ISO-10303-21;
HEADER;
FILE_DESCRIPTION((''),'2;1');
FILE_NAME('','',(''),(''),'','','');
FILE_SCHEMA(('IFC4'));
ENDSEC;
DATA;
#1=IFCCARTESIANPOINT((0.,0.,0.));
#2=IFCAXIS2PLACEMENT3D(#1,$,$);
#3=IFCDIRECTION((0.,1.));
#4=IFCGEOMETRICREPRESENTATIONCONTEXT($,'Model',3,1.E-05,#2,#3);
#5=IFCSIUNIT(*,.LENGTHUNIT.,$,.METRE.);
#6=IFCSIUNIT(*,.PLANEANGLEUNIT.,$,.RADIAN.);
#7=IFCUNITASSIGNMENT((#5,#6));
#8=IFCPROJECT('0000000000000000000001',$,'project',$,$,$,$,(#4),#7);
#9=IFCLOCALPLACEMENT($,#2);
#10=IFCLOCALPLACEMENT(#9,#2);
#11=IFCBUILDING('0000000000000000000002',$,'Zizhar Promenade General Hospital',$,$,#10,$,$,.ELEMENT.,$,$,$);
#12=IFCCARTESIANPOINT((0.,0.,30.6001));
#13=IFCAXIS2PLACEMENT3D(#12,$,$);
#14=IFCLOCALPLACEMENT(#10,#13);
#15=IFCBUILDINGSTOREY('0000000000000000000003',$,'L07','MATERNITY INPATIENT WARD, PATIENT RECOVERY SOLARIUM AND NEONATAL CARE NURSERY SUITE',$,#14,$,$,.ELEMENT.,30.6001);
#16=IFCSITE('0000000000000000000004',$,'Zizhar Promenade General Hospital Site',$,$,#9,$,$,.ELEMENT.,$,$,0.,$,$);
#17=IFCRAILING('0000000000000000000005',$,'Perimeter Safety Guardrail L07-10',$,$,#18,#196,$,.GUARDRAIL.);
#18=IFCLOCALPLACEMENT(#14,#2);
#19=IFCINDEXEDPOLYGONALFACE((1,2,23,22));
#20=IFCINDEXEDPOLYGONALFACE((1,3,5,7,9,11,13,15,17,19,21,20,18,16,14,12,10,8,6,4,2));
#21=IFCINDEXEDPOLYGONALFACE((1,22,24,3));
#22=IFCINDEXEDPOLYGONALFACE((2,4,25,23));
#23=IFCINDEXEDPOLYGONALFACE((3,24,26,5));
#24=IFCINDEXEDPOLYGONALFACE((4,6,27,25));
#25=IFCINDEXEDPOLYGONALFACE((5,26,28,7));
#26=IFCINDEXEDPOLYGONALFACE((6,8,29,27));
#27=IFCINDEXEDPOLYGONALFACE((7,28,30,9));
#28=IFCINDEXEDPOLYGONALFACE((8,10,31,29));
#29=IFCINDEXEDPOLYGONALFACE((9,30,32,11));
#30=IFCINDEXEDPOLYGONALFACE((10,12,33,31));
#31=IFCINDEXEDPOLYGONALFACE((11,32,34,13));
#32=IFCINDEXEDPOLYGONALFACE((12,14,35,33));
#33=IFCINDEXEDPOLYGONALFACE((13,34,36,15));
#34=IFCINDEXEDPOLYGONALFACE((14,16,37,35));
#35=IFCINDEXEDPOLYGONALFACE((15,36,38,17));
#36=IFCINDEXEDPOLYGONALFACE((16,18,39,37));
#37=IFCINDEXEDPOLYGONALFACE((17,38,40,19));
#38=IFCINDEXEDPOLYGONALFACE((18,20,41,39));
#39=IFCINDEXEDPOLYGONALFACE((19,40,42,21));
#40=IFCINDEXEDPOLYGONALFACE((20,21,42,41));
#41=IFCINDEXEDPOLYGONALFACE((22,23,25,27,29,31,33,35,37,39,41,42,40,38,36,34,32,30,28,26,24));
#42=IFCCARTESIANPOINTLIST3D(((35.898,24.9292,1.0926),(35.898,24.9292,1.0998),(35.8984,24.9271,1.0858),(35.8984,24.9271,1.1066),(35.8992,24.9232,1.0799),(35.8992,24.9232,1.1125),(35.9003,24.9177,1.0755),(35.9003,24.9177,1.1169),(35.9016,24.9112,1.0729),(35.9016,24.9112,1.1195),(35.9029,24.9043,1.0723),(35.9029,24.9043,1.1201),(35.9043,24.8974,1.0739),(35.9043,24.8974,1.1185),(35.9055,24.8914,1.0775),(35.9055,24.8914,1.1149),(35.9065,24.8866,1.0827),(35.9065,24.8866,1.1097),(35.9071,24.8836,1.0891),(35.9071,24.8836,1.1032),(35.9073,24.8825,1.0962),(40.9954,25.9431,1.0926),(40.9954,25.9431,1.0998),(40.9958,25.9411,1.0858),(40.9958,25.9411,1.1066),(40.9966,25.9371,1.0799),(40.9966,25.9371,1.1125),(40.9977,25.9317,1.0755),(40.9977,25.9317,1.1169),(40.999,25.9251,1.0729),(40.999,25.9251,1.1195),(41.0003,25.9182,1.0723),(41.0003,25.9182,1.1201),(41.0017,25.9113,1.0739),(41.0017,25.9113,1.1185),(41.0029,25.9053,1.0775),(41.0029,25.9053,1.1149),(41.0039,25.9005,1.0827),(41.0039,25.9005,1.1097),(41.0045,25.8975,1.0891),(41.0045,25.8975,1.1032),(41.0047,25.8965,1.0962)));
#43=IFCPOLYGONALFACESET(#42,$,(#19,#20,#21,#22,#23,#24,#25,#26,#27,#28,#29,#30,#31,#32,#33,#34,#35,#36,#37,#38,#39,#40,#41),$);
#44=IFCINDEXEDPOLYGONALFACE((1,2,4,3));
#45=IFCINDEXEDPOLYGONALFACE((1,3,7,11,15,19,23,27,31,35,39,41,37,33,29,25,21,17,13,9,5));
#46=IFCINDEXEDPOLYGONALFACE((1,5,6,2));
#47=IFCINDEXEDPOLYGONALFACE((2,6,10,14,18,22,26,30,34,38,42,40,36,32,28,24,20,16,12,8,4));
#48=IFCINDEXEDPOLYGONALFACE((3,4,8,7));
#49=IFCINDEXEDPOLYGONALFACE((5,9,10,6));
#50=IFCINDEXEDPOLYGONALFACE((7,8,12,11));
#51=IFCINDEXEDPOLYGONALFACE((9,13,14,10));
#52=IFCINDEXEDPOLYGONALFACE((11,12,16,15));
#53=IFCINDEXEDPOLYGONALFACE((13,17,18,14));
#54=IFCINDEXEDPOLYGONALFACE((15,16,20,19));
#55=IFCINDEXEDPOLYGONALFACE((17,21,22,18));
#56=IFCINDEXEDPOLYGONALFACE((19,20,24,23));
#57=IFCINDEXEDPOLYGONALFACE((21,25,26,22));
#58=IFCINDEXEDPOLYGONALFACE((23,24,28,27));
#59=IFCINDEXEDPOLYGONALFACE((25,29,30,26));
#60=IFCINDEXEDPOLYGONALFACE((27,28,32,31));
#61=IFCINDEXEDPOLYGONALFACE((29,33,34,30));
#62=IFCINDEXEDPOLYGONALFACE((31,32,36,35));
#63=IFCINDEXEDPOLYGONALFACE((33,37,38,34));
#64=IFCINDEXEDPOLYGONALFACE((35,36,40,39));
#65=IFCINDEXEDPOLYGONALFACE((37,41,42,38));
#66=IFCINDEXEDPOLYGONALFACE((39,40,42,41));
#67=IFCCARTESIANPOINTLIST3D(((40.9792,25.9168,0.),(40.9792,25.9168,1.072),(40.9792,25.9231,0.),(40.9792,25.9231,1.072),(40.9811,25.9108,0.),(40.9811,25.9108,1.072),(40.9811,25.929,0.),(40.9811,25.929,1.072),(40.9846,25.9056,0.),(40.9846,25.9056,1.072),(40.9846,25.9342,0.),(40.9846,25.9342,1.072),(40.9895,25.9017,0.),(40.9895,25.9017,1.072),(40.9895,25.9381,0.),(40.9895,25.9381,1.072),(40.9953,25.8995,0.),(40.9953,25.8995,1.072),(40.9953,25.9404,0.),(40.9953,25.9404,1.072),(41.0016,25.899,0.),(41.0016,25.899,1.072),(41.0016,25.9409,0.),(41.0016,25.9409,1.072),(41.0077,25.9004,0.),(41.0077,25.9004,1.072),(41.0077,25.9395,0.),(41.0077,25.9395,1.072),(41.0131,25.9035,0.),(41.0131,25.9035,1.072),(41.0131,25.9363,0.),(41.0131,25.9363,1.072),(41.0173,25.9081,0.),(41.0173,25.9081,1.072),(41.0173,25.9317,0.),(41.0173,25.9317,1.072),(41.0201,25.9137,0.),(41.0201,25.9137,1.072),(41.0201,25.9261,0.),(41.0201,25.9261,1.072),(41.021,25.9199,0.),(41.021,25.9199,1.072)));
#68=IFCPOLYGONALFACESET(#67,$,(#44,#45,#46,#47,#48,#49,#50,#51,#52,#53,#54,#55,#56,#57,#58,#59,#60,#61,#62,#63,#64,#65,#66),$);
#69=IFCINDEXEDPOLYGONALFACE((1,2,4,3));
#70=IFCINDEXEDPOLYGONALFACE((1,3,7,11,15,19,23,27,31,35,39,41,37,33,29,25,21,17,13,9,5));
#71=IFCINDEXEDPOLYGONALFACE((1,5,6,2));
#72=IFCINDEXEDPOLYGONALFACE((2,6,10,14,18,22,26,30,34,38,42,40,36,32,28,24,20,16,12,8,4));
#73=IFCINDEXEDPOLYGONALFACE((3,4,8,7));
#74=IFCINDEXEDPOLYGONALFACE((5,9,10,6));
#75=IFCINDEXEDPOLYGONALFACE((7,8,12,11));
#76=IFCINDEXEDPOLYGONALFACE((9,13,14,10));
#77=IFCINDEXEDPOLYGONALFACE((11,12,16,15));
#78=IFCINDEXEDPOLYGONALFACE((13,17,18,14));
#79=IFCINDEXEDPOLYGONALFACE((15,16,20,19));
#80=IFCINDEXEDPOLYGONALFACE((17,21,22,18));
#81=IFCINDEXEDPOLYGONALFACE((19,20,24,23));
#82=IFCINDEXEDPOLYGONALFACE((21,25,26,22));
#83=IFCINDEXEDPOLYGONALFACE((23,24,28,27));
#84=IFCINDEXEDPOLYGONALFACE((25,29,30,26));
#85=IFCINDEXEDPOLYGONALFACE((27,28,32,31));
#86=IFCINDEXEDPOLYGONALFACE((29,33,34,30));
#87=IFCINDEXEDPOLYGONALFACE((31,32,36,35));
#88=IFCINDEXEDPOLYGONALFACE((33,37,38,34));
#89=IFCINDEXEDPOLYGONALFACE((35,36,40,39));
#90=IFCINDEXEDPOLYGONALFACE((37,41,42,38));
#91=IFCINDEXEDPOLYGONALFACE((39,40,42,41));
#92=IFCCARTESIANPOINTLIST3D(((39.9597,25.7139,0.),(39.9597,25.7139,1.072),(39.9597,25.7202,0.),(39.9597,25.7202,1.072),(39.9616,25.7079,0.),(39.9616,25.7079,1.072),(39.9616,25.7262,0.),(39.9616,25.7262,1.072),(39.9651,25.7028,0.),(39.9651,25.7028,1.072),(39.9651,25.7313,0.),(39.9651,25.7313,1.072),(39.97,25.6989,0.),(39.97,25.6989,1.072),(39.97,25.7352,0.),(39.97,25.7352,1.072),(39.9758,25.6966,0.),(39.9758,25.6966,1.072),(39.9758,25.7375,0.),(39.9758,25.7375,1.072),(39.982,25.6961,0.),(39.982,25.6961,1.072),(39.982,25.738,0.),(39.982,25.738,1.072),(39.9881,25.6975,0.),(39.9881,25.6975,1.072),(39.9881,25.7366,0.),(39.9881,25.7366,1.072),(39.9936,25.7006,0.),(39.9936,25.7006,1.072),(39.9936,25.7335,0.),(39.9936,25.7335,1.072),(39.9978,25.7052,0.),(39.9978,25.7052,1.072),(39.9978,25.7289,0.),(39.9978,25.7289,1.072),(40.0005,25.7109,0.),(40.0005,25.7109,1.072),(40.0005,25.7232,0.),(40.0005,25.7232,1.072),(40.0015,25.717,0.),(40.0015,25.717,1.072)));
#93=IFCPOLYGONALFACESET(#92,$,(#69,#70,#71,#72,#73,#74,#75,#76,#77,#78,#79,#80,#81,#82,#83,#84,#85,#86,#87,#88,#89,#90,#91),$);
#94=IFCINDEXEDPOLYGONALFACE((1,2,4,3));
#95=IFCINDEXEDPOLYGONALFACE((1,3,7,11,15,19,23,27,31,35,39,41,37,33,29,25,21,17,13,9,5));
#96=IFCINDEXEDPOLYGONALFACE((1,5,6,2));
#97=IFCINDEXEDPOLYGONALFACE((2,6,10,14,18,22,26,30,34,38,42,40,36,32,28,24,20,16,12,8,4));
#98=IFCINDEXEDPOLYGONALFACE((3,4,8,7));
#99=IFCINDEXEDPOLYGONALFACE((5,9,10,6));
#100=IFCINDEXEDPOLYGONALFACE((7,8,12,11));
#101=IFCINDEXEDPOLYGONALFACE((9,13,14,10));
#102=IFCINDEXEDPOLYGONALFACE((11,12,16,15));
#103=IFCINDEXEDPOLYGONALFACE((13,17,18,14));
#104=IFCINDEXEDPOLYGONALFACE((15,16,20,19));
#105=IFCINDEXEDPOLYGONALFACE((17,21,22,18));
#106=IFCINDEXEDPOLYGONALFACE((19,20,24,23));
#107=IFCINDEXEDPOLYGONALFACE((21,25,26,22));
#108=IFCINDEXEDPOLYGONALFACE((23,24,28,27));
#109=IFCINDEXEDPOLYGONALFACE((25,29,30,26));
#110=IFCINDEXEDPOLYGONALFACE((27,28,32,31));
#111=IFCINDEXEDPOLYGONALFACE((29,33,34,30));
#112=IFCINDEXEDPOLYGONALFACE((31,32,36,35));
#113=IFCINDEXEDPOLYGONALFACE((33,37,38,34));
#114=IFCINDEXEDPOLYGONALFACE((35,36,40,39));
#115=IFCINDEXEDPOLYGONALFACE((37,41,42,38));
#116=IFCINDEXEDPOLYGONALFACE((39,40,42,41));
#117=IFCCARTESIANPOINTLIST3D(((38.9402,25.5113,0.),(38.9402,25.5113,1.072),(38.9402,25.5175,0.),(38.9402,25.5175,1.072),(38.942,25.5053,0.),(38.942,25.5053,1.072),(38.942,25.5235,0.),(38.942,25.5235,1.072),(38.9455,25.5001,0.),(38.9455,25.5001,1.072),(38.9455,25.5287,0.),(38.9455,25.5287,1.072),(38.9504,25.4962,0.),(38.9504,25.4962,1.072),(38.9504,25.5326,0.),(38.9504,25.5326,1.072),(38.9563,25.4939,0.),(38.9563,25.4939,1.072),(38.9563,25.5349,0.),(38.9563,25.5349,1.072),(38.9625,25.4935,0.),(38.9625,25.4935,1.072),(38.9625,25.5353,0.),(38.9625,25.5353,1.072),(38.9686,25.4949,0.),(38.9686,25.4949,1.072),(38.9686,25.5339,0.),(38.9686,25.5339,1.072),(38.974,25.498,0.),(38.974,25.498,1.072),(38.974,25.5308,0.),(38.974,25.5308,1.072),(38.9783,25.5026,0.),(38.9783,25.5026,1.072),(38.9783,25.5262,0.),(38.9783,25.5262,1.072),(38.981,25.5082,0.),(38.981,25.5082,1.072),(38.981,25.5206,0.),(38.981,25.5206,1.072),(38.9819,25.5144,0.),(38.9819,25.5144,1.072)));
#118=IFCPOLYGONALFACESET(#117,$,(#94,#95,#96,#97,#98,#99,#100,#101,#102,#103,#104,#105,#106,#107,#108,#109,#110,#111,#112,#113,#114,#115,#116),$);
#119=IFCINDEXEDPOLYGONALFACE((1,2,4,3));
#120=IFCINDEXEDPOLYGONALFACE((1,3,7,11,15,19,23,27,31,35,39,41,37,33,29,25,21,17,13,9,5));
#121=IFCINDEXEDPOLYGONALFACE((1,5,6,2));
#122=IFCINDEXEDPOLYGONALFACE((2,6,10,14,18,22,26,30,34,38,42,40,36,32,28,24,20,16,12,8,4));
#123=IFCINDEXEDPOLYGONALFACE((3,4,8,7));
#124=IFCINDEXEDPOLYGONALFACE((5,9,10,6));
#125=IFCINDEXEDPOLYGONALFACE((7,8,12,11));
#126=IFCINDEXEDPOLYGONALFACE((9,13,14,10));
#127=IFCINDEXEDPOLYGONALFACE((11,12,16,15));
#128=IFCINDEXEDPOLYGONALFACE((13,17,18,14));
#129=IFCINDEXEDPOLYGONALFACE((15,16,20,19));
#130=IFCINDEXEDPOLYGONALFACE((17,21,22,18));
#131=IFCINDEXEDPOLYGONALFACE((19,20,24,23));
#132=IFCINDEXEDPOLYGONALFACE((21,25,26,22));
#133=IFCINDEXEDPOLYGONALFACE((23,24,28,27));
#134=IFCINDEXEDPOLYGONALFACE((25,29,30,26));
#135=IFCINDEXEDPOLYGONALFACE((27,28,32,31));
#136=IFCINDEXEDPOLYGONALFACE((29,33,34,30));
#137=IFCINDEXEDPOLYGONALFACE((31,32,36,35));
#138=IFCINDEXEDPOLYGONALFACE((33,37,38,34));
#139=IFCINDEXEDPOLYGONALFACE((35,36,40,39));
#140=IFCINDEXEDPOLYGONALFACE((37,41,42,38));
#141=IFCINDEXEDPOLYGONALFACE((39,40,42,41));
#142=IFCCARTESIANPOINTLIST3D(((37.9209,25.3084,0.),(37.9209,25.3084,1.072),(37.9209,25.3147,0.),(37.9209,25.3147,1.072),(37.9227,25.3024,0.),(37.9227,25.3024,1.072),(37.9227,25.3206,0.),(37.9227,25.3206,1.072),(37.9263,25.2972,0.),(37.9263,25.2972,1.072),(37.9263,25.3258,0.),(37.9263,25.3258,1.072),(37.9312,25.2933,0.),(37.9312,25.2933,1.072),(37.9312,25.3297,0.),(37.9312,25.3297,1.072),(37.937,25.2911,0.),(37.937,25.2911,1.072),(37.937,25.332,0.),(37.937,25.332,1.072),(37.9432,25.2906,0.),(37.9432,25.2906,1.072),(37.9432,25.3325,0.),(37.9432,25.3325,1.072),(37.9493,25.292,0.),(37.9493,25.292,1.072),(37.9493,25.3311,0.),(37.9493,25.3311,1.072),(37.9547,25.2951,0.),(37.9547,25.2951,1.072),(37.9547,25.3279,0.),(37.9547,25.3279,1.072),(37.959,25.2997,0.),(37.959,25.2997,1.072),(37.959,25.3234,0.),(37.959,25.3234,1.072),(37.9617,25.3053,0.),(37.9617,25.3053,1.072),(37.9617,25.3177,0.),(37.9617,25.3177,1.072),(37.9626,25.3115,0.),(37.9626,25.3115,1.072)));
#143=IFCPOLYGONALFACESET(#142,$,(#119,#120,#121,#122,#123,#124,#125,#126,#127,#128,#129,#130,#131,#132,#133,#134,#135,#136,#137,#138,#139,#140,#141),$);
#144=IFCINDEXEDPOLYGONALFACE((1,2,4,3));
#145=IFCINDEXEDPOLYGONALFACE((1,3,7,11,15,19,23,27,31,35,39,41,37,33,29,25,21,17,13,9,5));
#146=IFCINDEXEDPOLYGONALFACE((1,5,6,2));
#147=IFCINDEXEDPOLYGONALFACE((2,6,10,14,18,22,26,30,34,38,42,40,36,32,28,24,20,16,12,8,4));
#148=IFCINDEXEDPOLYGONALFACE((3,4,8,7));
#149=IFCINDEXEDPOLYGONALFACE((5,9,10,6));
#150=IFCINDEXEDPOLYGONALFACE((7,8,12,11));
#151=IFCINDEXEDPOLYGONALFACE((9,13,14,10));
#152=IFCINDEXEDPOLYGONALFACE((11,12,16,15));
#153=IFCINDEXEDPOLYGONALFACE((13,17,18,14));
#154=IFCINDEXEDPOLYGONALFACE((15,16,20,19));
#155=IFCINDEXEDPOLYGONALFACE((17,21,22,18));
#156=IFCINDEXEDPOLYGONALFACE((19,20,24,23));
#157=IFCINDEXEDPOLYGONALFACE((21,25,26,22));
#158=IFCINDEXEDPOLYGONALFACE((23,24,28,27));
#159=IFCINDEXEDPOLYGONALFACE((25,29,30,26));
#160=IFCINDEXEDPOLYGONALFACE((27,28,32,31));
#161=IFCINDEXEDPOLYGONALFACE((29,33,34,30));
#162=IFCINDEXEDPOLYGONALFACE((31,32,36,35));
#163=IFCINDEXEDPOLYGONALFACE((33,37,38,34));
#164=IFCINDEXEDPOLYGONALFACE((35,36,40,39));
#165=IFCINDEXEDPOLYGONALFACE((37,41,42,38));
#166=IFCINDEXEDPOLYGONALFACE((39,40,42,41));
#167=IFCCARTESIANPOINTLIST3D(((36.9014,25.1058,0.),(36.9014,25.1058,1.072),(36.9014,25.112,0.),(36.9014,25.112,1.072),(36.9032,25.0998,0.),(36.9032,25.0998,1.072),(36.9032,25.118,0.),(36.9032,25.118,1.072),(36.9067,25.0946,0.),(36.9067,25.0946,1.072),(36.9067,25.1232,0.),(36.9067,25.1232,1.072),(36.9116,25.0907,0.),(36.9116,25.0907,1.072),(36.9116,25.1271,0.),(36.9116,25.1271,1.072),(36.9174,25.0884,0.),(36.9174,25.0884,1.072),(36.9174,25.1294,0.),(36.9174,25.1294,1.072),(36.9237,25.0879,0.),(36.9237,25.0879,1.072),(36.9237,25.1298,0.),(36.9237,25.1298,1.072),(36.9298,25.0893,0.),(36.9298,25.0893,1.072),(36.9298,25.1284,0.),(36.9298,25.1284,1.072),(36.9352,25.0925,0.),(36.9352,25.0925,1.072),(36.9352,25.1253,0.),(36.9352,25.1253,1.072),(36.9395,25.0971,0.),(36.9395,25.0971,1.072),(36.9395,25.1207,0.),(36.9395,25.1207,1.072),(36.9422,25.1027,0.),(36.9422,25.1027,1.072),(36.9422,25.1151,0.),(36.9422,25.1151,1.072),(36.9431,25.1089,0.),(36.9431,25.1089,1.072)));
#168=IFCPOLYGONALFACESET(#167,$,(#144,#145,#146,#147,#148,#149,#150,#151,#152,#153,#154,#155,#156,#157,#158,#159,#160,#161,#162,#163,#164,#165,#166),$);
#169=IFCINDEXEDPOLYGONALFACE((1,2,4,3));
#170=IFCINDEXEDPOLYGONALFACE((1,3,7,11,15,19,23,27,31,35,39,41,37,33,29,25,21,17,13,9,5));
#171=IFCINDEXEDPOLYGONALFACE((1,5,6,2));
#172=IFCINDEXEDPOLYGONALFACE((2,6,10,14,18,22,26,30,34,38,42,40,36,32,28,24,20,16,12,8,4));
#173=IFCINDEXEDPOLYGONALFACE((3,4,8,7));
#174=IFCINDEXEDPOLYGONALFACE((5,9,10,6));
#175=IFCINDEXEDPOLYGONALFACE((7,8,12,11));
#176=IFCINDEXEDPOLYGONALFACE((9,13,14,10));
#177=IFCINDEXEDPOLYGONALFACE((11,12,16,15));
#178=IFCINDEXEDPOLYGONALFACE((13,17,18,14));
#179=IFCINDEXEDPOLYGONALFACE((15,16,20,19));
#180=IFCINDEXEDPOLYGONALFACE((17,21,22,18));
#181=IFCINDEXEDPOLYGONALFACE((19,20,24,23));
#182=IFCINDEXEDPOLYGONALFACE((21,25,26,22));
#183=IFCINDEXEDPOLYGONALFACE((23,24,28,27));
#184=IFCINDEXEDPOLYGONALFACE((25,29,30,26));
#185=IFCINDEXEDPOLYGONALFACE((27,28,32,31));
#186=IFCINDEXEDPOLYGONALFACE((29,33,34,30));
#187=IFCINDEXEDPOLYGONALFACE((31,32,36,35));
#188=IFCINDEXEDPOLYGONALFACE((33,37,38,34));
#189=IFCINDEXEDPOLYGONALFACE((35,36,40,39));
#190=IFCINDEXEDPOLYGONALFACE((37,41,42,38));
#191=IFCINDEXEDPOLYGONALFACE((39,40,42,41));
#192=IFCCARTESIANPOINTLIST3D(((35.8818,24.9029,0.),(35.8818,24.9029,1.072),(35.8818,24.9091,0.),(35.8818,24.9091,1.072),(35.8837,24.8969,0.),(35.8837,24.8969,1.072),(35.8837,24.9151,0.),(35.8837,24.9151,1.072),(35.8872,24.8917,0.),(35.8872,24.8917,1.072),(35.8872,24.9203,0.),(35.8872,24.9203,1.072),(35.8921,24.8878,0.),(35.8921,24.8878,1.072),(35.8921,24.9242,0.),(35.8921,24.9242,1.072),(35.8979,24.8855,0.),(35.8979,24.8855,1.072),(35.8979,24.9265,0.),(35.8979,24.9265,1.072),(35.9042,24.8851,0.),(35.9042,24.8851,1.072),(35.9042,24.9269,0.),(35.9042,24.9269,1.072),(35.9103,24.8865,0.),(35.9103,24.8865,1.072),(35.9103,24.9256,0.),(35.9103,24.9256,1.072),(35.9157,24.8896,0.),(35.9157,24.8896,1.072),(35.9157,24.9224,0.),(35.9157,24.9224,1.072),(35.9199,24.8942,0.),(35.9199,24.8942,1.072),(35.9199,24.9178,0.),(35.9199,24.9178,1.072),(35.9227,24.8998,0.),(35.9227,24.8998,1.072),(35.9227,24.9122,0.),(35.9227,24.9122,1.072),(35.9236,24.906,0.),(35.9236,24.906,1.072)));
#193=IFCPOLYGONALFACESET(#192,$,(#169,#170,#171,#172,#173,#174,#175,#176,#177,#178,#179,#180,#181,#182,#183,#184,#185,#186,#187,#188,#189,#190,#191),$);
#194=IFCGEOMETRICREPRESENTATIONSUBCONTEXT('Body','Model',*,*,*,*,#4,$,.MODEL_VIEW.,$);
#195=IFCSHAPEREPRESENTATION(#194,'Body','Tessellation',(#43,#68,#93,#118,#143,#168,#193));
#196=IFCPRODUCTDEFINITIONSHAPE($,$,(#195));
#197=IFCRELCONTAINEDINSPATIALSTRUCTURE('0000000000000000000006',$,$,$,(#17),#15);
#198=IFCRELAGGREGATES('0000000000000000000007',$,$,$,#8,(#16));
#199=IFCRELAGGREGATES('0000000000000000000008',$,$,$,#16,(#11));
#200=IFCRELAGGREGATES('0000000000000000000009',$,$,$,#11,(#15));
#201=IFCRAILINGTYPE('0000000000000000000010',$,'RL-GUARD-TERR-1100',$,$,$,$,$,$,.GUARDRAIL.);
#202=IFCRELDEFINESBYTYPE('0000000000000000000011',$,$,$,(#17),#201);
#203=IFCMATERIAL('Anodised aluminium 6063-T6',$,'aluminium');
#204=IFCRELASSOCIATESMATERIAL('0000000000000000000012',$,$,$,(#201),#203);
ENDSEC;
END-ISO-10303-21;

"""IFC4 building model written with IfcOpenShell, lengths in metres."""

from ifc_helpers import new_model, si_unit, direction, frame, origin, origin_2d, place, context, subcontext, project, spatial, circle, hollow_circle, extrude, material, material_profile, profile_set, type_object, element, save


model = new_model("IFC4")

# Units and contexts
model_context = context("Model", 3, precision=1e-05, world=origin(), true_north=direction((0.0, 1.0)))
body_context = subcontext(model_context, "Body", "Model", "MODEL_VIEW")
ifc_project = project(units=[si_unit("LENGTHUNIT", "METRE"), si_unit("PLANEANGLEUNIT", "RADIAN")], contexts=[model_context])

# Site, building, storey
site_placement = place(None, origin())
site = spatial("IfcSite", under=ifc_project, at=site_placement, Name="Zizhar Promenade General Hospital Site", CompositionType="ELEMENT", RefElevation=0.0)
building_placement = place(site_placement, origin())
building = spatial("IfcBuilding", under=site, at=building_placement, Name="Zizhar Promenade General Hospital", CompositionType="ELEMENT")
storey_placement = place(building_placement, frame((0.0, 0.0, 30.6001)))
storey = spatial("IfcBuildingStorey", under=building, at=storey_placement, Name="L07", Description="MATERNITY INPATIENT WARD, PATIENT RECOVERY SOLARIUM AND NEONATAL CARE NURSERY SUITE", CompositionType="ELEMENT", Elevation=30.6001)

# Railing
ifc_material_1 = material(Name="Anodised aluminium 6063-T6", Category="aluminium")
ifc_material_profile_1 = material_profile(ifc_material_1, hollow_circle(Radius=0.0698, WallThickness=0.0063, at=origin_2d()))
ifc_profile_set_1 = profile_set([ifc_material_profile_1], Name="Anodised aluminium 6063-T6")
railing_type = type_object("IfcRailingType", Name="RL-GUARD-TERR-1100", PredefinedType="GUARDRAIL", material=ifc_profile_set_1)
railing_1_placement = place(storey_placement, frame((41.0, 25.9199, 0.0)))
element("IfcRailing", 1, at=railing_1_placement, inside=storey, type_object=railing_type, Name="Perimeter Safety Guardrail L07-10", PredefinedType="GUARDRAIL", context=body_context, shape_type="SweptSolid", body=[
    extrude(circle(Radius=0.0239, at=origin_2d()), frame((0.0, 0.0, 1.0962), z_axis=(-0.980786, -0.195086, 0.0), x_axis=(0.195086, -0.980786, 0.0)), (0.0, 0.0, 1.0), 5.1973),
    extrude(circle(Radius=0.021, at=origin_2d()), origin(), (0.0, 0.0, 1.0), 1.072),
    extrude(circle(Radius=0.021, at=origin_2d()), frame((-1.0195, -0.2029, 0.0)), (0.0, 0.0, 1.0), 1.072),
    extrude(circle(Radius=0.021, at=origin_2d()), frame((-2.0391, -0.4055, 0.0)), (0.0, 0.0, 1.0), 1.072),
    extrude(circle(Radius=0.021, at=origin_2d()), frame((-3.0583, -0.6084, 0.0)), (0.0, 0.0, 1.0), 1.072),
    extrude(circle(Radius=0.021, at=origin_2d()), frame((-4.0779, -0.811, 0.0)), (0.0, 0.0, 1.0), 1.072),
    extrude(circle(Radius=0.021, at=origin_2d()), frame((-5.0974, -1.0139, 0.0)), (0.0, 0.0, 1.0), 1.072),
])

save(model, "model.ifc")
